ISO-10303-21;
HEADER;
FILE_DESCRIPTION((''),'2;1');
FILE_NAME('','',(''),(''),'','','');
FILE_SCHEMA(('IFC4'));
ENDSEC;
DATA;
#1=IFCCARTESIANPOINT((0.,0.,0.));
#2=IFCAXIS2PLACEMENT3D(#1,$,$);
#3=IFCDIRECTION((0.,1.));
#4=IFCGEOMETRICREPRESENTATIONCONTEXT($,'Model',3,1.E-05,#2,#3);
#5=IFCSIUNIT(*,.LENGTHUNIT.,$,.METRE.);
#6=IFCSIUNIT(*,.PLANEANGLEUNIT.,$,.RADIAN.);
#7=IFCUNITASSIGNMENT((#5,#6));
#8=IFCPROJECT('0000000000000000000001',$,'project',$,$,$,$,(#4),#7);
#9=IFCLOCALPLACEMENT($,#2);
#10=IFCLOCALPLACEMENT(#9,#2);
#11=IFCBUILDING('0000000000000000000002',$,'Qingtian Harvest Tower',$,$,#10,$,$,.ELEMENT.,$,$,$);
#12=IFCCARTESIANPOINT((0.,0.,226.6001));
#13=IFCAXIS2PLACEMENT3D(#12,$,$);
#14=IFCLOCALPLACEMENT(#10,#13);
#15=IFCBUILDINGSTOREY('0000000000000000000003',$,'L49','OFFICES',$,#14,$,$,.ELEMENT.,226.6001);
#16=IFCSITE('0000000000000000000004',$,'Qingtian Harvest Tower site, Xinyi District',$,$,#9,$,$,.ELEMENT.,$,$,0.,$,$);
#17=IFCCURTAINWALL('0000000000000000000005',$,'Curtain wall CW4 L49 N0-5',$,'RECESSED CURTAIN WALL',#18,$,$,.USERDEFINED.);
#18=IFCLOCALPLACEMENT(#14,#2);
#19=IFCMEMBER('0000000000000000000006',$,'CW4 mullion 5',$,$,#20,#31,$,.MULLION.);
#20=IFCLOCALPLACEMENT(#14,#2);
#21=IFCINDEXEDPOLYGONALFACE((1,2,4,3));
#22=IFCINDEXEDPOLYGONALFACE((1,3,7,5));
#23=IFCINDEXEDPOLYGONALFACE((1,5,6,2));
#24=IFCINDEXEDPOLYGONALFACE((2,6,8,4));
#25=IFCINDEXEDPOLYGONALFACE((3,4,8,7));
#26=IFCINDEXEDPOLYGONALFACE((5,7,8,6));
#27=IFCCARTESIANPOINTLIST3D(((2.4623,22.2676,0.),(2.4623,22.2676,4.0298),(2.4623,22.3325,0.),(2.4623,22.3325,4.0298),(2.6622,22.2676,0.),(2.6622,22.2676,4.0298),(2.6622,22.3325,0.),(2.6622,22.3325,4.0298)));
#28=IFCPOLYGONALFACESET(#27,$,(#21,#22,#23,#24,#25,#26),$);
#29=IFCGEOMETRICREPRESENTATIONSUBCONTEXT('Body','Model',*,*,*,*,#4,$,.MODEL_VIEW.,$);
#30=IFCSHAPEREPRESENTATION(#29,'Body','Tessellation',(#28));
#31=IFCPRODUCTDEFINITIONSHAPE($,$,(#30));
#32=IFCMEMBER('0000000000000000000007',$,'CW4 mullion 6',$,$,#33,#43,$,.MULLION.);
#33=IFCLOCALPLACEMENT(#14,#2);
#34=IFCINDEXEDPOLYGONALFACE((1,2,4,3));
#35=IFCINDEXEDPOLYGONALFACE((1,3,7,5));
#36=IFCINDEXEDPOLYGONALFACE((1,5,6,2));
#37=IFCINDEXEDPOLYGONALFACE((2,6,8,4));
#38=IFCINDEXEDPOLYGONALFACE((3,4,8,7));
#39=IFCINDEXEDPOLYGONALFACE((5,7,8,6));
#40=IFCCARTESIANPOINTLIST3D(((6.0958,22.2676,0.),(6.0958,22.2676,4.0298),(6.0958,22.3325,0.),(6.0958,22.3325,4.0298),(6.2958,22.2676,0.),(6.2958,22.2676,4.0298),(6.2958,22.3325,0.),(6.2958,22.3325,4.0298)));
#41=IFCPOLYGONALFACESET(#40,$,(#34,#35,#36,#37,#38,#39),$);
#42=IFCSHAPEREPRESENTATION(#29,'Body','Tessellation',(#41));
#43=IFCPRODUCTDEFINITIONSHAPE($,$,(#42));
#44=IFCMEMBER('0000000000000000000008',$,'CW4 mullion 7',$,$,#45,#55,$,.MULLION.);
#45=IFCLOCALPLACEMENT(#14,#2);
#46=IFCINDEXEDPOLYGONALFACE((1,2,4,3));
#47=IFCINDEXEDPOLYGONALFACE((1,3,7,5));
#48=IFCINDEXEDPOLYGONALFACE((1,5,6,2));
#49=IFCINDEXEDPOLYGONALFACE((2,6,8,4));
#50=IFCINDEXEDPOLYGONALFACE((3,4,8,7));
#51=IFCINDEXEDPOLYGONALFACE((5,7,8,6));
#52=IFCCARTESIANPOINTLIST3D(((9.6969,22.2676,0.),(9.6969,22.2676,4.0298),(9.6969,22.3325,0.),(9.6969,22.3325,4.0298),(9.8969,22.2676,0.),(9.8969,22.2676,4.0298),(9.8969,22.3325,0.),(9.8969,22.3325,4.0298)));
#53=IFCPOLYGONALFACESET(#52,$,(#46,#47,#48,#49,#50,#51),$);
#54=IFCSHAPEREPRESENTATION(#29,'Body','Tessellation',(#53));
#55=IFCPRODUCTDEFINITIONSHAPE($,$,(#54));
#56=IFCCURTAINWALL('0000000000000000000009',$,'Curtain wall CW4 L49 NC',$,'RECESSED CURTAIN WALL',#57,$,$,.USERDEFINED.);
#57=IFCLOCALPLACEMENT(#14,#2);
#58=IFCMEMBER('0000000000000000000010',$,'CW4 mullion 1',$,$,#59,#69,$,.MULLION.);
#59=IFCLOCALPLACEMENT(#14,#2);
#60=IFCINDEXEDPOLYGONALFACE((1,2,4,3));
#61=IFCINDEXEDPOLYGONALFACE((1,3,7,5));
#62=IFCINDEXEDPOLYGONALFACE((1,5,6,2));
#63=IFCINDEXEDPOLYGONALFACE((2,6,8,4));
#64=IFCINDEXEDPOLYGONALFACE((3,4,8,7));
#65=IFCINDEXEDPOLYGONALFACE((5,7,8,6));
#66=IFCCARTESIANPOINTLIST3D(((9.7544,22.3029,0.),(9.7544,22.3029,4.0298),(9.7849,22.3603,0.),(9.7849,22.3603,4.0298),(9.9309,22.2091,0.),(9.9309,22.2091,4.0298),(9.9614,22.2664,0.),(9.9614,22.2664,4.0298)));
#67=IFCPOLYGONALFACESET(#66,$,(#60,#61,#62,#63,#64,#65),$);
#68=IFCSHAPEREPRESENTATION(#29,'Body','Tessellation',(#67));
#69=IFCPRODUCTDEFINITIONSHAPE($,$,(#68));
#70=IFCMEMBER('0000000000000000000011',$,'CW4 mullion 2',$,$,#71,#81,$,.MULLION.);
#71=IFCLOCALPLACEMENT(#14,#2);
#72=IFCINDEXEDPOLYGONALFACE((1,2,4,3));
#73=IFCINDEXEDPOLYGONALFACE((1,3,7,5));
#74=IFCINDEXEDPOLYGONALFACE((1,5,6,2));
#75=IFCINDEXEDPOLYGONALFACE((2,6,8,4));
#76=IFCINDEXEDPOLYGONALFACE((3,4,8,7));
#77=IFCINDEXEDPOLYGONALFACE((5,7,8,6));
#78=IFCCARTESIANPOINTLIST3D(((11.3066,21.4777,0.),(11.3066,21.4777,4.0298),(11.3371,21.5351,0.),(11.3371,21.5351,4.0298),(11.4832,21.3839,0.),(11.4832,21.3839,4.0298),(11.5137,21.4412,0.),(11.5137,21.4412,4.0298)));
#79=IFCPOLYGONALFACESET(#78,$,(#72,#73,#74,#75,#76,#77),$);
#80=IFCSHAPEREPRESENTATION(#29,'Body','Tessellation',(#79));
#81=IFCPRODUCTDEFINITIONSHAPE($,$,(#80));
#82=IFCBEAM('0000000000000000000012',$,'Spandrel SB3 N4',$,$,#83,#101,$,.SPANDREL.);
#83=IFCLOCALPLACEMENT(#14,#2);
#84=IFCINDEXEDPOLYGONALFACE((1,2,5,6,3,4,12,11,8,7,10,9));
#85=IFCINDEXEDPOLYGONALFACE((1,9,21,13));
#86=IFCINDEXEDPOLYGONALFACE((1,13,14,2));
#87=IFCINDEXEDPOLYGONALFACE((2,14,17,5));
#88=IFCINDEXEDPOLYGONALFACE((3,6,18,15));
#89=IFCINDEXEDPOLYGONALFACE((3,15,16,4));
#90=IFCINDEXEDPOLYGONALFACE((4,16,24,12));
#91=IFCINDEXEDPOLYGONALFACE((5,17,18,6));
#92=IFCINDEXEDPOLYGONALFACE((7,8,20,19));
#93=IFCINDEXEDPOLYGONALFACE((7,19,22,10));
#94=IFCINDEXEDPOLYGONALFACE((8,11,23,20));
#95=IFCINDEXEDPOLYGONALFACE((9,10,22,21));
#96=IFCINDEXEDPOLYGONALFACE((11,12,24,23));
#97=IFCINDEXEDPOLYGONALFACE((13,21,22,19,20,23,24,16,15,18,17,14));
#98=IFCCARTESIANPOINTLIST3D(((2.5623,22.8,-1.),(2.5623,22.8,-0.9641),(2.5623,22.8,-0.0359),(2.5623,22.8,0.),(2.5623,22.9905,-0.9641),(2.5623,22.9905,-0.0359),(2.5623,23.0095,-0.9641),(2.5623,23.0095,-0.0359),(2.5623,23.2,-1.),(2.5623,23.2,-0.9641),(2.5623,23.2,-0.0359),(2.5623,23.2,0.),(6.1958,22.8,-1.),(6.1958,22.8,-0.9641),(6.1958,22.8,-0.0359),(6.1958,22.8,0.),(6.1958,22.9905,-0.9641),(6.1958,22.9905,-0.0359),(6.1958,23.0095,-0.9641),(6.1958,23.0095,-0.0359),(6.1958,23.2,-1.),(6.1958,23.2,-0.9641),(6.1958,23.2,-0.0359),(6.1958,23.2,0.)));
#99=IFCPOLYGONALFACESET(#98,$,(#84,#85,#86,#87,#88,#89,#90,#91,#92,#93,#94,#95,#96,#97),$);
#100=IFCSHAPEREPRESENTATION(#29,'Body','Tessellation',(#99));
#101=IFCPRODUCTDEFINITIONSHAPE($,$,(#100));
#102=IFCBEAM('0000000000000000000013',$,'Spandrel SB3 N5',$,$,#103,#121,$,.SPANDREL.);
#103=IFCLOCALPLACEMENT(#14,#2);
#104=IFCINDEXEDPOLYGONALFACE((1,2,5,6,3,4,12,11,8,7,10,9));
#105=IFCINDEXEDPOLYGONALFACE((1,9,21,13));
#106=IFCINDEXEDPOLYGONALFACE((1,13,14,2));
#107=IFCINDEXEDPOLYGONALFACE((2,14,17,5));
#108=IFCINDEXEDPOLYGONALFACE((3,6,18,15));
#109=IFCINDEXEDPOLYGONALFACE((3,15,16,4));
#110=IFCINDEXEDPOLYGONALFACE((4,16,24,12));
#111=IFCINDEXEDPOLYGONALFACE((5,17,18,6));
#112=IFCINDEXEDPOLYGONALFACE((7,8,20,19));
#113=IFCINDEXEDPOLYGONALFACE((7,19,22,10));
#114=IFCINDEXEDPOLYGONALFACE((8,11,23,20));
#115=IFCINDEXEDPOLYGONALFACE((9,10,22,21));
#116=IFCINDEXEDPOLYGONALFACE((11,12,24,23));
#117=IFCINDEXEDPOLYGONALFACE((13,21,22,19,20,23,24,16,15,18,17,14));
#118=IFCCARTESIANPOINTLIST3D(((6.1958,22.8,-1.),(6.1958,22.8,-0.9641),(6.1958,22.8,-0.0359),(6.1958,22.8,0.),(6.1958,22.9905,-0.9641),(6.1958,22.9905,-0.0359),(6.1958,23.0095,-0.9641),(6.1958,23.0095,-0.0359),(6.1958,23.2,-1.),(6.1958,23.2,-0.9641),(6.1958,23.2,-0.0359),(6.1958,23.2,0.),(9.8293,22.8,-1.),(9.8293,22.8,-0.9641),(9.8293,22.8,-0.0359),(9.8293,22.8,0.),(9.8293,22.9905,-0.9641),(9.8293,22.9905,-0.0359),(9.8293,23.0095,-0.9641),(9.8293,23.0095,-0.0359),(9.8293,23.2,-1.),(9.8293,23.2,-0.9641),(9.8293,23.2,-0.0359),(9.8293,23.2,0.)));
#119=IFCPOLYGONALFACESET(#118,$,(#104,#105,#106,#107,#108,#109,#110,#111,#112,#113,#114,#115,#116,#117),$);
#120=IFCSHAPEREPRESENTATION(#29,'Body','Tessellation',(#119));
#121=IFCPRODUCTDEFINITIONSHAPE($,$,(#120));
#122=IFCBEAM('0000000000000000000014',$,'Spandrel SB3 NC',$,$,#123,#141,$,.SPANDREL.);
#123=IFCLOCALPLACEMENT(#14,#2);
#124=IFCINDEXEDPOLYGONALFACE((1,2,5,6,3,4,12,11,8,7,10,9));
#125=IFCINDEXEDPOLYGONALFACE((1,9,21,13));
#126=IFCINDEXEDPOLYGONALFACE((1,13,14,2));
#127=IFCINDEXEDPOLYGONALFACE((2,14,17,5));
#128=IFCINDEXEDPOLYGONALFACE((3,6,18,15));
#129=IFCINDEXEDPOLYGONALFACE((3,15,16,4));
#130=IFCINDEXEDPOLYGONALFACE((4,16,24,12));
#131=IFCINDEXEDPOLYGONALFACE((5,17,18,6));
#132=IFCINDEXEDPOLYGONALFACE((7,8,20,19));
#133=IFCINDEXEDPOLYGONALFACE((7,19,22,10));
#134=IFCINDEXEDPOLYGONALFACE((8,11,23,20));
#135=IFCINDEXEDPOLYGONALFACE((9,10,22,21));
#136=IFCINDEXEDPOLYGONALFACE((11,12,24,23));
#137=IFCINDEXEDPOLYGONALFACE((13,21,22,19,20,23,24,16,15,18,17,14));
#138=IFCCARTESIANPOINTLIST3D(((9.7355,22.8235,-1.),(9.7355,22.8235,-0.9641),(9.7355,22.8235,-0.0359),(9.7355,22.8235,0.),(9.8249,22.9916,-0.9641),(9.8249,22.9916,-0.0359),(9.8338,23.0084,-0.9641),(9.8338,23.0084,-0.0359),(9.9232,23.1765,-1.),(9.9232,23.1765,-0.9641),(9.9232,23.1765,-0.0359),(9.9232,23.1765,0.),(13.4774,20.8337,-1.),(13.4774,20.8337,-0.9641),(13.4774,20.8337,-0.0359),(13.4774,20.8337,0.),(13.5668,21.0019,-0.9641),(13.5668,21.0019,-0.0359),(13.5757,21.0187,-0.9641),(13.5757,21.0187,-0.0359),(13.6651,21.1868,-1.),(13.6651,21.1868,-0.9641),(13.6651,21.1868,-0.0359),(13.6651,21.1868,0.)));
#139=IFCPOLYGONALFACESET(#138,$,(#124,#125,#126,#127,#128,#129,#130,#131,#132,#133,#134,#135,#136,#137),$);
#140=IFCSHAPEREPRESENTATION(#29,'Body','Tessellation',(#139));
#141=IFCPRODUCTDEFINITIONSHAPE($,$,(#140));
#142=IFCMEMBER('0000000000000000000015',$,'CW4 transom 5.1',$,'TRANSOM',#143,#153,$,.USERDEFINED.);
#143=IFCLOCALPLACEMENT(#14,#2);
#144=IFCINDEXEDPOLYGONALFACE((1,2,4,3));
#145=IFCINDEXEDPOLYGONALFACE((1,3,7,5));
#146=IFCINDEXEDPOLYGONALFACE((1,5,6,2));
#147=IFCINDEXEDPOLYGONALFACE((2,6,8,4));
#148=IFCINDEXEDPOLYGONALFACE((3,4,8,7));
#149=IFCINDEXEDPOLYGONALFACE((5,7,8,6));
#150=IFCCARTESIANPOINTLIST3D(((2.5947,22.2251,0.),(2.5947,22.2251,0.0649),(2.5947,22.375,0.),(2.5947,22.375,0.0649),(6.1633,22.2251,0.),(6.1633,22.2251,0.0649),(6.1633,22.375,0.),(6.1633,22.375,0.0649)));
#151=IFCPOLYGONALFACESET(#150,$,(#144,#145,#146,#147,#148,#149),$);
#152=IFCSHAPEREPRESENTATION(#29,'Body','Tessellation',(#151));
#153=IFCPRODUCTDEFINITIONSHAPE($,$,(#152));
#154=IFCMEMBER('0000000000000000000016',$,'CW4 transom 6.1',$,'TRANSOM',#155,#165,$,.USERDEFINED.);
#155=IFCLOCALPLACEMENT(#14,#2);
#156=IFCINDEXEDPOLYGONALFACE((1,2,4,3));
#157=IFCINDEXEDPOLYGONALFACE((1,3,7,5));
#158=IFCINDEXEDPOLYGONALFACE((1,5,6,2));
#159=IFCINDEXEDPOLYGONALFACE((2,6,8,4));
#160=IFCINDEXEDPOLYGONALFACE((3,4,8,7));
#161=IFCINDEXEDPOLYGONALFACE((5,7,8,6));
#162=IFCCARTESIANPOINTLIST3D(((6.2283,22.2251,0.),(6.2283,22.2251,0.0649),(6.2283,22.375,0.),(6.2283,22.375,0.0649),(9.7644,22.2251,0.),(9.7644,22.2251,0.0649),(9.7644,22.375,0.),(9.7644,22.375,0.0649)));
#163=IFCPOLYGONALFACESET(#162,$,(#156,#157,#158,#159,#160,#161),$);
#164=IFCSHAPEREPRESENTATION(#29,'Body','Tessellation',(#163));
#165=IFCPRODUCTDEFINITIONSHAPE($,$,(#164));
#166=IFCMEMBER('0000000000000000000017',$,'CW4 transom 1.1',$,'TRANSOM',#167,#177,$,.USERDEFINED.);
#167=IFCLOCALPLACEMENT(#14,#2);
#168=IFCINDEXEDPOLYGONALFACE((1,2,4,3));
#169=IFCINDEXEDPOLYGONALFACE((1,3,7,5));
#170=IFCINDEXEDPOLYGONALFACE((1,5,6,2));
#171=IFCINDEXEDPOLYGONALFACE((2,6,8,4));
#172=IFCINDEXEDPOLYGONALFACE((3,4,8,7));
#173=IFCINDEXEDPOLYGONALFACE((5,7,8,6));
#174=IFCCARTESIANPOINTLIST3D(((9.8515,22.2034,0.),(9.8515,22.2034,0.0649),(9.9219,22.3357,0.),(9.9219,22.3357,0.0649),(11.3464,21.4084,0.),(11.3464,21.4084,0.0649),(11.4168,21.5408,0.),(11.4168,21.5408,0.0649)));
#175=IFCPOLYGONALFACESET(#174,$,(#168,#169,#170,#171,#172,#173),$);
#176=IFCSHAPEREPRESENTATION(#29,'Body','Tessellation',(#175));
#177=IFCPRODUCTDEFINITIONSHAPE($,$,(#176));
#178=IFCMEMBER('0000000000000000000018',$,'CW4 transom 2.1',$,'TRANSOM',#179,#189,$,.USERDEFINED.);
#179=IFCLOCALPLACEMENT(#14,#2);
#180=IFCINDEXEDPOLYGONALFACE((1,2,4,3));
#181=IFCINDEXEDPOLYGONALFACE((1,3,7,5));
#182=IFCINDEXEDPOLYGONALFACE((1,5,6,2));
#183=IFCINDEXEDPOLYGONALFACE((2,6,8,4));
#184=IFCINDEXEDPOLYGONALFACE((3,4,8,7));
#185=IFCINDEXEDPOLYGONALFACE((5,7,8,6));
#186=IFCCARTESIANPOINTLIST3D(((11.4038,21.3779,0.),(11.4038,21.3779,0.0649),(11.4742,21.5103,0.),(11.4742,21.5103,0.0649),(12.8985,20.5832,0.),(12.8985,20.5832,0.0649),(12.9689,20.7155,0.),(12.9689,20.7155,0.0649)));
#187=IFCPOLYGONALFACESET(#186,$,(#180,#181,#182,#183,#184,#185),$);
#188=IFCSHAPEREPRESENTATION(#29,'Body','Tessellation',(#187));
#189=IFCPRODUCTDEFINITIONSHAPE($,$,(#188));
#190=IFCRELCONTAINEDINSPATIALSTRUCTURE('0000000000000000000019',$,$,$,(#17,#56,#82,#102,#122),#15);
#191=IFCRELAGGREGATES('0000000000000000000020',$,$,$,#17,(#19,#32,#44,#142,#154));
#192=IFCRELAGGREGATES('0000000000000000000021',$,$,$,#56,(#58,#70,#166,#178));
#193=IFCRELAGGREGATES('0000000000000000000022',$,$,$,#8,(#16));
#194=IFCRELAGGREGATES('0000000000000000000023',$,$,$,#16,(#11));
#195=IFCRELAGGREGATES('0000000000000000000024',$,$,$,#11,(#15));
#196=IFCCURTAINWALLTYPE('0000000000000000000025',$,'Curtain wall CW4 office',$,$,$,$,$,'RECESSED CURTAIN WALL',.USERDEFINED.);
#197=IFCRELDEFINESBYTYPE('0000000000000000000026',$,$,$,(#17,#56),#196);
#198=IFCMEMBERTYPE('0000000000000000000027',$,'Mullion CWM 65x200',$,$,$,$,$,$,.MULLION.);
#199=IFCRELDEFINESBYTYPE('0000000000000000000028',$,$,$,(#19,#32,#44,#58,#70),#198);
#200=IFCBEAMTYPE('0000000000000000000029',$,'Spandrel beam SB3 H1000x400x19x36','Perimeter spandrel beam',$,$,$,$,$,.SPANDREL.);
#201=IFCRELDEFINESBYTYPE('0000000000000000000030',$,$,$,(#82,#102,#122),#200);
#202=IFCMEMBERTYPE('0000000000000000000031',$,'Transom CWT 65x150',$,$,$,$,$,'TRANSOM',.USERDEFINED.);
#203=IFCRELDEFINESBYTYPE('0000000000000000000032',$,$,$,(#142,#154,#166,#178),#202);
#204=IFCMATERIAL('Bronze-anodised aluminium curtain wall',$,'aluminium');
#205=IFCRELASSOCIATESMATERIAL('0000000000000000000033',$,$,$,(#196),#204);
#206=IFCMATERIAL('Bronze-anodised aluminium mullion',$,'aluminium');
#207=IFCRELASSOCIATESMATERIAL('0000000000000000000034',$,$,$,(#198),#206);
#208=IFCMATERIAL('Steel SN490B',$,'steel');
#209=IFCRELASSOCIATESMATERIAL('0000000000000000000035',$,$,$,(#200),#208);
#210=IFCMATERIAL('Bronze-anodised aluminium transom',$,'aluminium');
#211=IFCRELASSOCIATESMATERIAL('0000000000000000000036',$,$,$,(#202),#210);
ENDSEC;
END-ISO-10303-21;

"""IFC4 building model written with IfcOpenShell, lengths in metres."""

from ifc_helpers import new_model, si_unit, direction, frame, origin, origin_2d, place, context, subcontext, project, spatial, rectangle, i_section, extrude, material, material_profile, profile_set, type_object, element, aggregate, save


model = new_model("IFC4")

# Units and contexts
model_context = context("Model", 3, precision=1e-05, world=origin(), true_north=direction((0.0, 1.0)))
body_context = subcontext(model_context, "Body", "Model", "MODEL_VIEW")
ifc_project = project(units=[si_unit("LENGTHUNIT", "METRE"), si_unit("PLANEANGLEUNIT", "RADIAN")], contexts=[model_context])

# Site, building, storey
site_placement = place(None, origin())
site = spatial("IfcSite", under=ifc_project, at=site_placement, Name="Qingtian Harvest Tower site, Xinyi District", CompositionType="ELEMENT", RefElevation=0.0)
building_placement = place(site_placement, origin())
building = spatial("IfcBuilding", under=site, at=building_placement, Name="Qingtian Harvest Tower", CompositionType="ELEMENT")
storey_placement = place(building_placement, frame((0.0, 0.0, 226.6001)))
storey = spatial("IfcBuildingStorey", under=building, at=storey_placement, Name="L49", Description="OFFICES", CompositionType="ELEMENT", Elevation=226.6001)

# Curtain walls, members
ifc_material_1 = material(Name="Bronze-anodised aluminium curtain wall", Category="aluminium")
curtain_wall_type = type_object("IfcCurtainWallType", Name="Curtain wall CW4 office", ElementType="RECESSED CURTAIN WALL", PredefinedType="USERDEFINED", material=ifc_material_1)
curtain_wall_1_placement = place(storey_placement, origin())
curtain_wall_1 = element("IfcCurtainWall", 1, at=curtain_wall_1_placement, inside=storey, type_object=curtain_wall_type, Name="Curtain wall CW4 L49 N0-5", ObjectType="RECESSED CURTAIN WALL", PredefinedType="USERDEFINED")
ifc_material_2 = material(Name="Bronze-anodised aluminium mullion", Category="aluminium")
ifc_material_profile_1 = material_profile(ifc_material_2, rectangle(XDim=0.0649, YDim=0.2, at=origin_2d()), Name="AL 65x200")
ifc_profile_set_1 = profile_set([ifc_material_profile_1], Name="Bronze-anodised aluminium mullion")
member_type_1 = type_object("IfcMemberType", Name="Mullion CWM 65x200", PredefinedType="MULLION", material=ifc_profile_set_1)
member_1_placement = place(storey_placement, frame((2.5623, 22.3, 0.0), z_axis=(0.0, 0.0, 1.0), x_axis=(0.0, 1.0, 0.0)))
member_1 = element("IfcMember", 2, at=member_1_placement, type_object=member_type_1, Name="CW4 mullion 5", PredefinedType="MULLION", context=body_context, shape_type="SweptSolid", body=[
    extrude(rectangle(XDim=0.0649, YDim=0.2, at=origin_2d()), origin(), (0.0, 0.0, 1.0), 4.0298),
])
member_2_placement = place(storey_placement, frame((6.1958, 22.3, 0.0), z_axis=(0.0, 0.0, 1.0), x_axis=(0.0, 1.0, 0.0)))
member_2 = element("IfcMember", 3, at=member_2_placement, type_object=member_type_1, Name="CW4 mullion 6", PredefinedType="MULLION", context=body_context, shape_type="SweptSolid", body=[
    extrude(rectangle(XDim=0.0649, YDim=0.2, at=origin_2d()), origin(), (0.0, 0.0, 1.0), 4.0298),
])
member_3_placement = place(storey_placement, frame((9.7969, 22.3, 0.0), z_axis=(0.0, 0.0, 1.0), x_axis=(0.0, 1.0, 0.0)))
member_3 = element("IfcMember", 4, at=member_3_placement, type_object=member_type_1, Name="CW4 mullion 7", PredefinedType="MULLION", context=body_context, shape_type="SweptSolid", body=[
    extrude(rectangle(XDim=0.0649, YDim=0.2, at=origin_2d()), origin(), (0.0, 0.0, 1.0), 4.0298),
])
curtain_wall_2_placement = place(storey_placement, origin())
curtain_wall_2 = element("IfcCurtainWall", 5, at=curtain_wall_2_placement, inside=storey, type_object=curtain_wall_type, Name="Curtain wall CW4 L49 NC", ObjectType="RECESSED CURTAIN WALL", PredefinedType="USERDEFINED")
member_4_placement = place(storey_placement, frame((9.8579, 22.2847, 0.0), z_axis=(0.0, 0.0, 1.0), x_axis=(0.469472, 0.882948, 0.0)))
member_4 = element("IfcMember", 6, at=member_4_placement, type_object=member_type_1, Name="CW4 mullion 1", PredefinedType="MULLION", context=body_context, shape_type="SweptSolid", body=[
    extrude(rectangle(XDim=0.0649, YDim=0.2, at=origin_2d()), origin(), (0.0, 0.0, 1.0), 4.0298),
])
member_5_placement = place(storey_placement, frame((11.4102, 21.4595, 0.0), z_axis=(0.0, 0.0, 1.0), x_axis=(0.469472, 0.882948, 0.0)))
member_5 = element("IfcMember", 7, at=member_5_placement, type_object=member_type_1, Name="CW4 mullion 2", PredefinedType="MULLION", context=body_context, shape_type="SweptSolid", body=[
    extrude(rectangle(XDim=0.0649, YDim=0.2, at=origin_2d()), origin(), (0.0, 0.0, 1.0), 4.0298),
])

# Beams
ifc_material_3 = material(Name="Steel SN490B", Category="steel")
ifc_material_profile_2 = material_profile(ifc_material_3, i_section(OverallWidth=0.3999, OverallDepth=1.0, WebThickness=0.019, FlangeThickness=0.0359, at=origin_2d()), Name="H1000x400x19x36")
ifc_profile_set_2 = profile_set([ifc_material_profile_2], Name="Steel SN490B")
beam_type_1 = type_object("IfcBeamType", Name="Spandrel beam SB3 H1000x400x19x36", Description="Perimeter spandrel beam", PredefinedType="SPANDREL", material=ifc_profile_set_2)
for number, where, z_axis, x_axis, name in (
    (8, (2.5623, 23.0, -0.5), (1.0, 0.0, 0.0), (0.0, 1.0, 0.0), "Spandrel SB3 N4"),
    (9, (6.1958, 23.0, -0.5), (1.0, 0.0, 0.0), (0.0, 1.0, 0.0), "Spandrel SB3 N5"),
):
    element("IfcBeam", number, at=place(storey_placement, frame(where, z_axis=z_axis, x_axis=x_axis)), inside=storey, type_object=beam_type_1, Name=name, PredefinedType="SPANDREL", context=body_context, shape_type="SweptSolid", body=[
        extrude(i_section(OverallWidth=0.3999, OverallDepth=1.0, WebThickness=0.019, FlangeThickness=0.0359, at=origin_2d()), origin(), (0.0, 0.0, 1.0), 3.6335),
    ])
beam_1_placement = place(storey_placement, frame((9.8293, 23.0, -0.5), z_axis=(0.882936, -0.469494, 0.0), x_axis=(0.469494, 0.882936, 0.0)))
element("IfcBeam", 10, at=beam_1_placement, inside=storey, type_object=beam_type_1, Name="Spandrel SB3 NC", PredefinedType="SPANDREL", context=body_context, shape_type="SweptSolid", body=[
    extrude(i_section(OverallWidth=0.3999, OverallDepth=1.0, WebThickness=0.019, FlangeThickness=0.0359, at=origin_2d()), origin(), (0.0, 0.0, 1.0), 4.238),
])

# Members
ifc_material_4 = material(Name="Bronze-anodised aluminium transom", Category="aluminium")
ifc_material_profile_3 = material_profile(ifc_material_4, rectangle(XDim=0.1499, YDim=0.0649, at=origin_2d()), Name="AL 65x150")
ifc_profile_set_3 = profile_set([ifc_material_profile_3], Name="Bronze-anodised aluminium transom")
member_type_2 = type_object("IfcMemberType", Name="Transom CWT 65x150", ElementType="TRANSOM", PredefinedType="USERDEFINED", material=ifc_profile_set_3)
member_6_placement = place(storey_placement, frame((2.5947, 22.3, 0.0325), z_axis=(1.0, 0.0, 0.0), x_axis=(0.0, 1.0, 0.0)))
member_6 = element("IfcMember", 11, at=member_6_placement, type_object=member_type_2, Name="CW4 transom 5.1", ObjectType="TRANSOM", PredefinedType="USERDEFINED", context=body_context, shape_type="SweptSolid", body=[
    extrude(rectangle(XDim=0.1499, YDim=0.0649, at=origin_2d()), origin(), (0.0, 0.0, 1.0), 3.5686),
])
member_7_placement = place(storey_placement, frame((6.2283, 22.3, 0.0325), z_axis=(1.0, 0.0, 0.0), x_axis=(0.0, 1.0, 0.0)))
member_7 = element("IfcMember", 12, at=member_7_placement, type_object=member_type_2, Name="CW4 transom 6.1", ObjectType="TRANSOM", PredefinedType="USERDEFINED", context=body_context, shape_type="SweptSolid", body=[
    extrude(rectangle(XDim=0.1499, YDim=0.0649, at=origin_2d()), origin(), (0.0, 0.0, 1.0), 3.5361),
])
member_8_placement = place(storey_placement, frame((9.8867, 22.2695, 0.0325), z_axis=(0.882927, -0.46951, 0.0), x_axis=(0.46951, 0.882927, 0.0)))
member_8 = element("IfcMember", 13, at=member_8_placement, type_object=member_type_2, Name="CW4 transom 1.1", ObjectType="TRANSOM", PredefinedType="USERDEFINED", context=body_context, shape_type="SweptSolid", body=[
    extrude(rectangle(XDim=0.1499, YDim=0.0649, at=origin_2d()), origin(), (0.0, 0.0, 1.0), 1.6931),
])
member_9_placement = place(storey_placement, frame((11.439, 21.4441, 0.0325), z_axis=(0.882955, -0.469457, 0.0), x_axis=(0.469457, 0.882955, 0.0)))
member_9 = element("IfcMember", 14, at=member_9_placement, type_object=member_type_2, Name="CW4 transom 2.1", ObjectType="TRANSOM", PredefinedType="USERDEFINED", context=body_context, shape_type="SweptSolid", body=[
    extrude(rectangle(XDim=0.1499, YDim=0.0649, at=origin_2d()), origin(), (0.0, 0.0, 1.0), 1.6929),
])

aggregate(curtain_wall_1, [member_1, member_2, member_3, member_6, member_7])
aggregate(curtain_wall_2, [member_4, member_5, member_8, member_9])

save(model, "model.ifc")
